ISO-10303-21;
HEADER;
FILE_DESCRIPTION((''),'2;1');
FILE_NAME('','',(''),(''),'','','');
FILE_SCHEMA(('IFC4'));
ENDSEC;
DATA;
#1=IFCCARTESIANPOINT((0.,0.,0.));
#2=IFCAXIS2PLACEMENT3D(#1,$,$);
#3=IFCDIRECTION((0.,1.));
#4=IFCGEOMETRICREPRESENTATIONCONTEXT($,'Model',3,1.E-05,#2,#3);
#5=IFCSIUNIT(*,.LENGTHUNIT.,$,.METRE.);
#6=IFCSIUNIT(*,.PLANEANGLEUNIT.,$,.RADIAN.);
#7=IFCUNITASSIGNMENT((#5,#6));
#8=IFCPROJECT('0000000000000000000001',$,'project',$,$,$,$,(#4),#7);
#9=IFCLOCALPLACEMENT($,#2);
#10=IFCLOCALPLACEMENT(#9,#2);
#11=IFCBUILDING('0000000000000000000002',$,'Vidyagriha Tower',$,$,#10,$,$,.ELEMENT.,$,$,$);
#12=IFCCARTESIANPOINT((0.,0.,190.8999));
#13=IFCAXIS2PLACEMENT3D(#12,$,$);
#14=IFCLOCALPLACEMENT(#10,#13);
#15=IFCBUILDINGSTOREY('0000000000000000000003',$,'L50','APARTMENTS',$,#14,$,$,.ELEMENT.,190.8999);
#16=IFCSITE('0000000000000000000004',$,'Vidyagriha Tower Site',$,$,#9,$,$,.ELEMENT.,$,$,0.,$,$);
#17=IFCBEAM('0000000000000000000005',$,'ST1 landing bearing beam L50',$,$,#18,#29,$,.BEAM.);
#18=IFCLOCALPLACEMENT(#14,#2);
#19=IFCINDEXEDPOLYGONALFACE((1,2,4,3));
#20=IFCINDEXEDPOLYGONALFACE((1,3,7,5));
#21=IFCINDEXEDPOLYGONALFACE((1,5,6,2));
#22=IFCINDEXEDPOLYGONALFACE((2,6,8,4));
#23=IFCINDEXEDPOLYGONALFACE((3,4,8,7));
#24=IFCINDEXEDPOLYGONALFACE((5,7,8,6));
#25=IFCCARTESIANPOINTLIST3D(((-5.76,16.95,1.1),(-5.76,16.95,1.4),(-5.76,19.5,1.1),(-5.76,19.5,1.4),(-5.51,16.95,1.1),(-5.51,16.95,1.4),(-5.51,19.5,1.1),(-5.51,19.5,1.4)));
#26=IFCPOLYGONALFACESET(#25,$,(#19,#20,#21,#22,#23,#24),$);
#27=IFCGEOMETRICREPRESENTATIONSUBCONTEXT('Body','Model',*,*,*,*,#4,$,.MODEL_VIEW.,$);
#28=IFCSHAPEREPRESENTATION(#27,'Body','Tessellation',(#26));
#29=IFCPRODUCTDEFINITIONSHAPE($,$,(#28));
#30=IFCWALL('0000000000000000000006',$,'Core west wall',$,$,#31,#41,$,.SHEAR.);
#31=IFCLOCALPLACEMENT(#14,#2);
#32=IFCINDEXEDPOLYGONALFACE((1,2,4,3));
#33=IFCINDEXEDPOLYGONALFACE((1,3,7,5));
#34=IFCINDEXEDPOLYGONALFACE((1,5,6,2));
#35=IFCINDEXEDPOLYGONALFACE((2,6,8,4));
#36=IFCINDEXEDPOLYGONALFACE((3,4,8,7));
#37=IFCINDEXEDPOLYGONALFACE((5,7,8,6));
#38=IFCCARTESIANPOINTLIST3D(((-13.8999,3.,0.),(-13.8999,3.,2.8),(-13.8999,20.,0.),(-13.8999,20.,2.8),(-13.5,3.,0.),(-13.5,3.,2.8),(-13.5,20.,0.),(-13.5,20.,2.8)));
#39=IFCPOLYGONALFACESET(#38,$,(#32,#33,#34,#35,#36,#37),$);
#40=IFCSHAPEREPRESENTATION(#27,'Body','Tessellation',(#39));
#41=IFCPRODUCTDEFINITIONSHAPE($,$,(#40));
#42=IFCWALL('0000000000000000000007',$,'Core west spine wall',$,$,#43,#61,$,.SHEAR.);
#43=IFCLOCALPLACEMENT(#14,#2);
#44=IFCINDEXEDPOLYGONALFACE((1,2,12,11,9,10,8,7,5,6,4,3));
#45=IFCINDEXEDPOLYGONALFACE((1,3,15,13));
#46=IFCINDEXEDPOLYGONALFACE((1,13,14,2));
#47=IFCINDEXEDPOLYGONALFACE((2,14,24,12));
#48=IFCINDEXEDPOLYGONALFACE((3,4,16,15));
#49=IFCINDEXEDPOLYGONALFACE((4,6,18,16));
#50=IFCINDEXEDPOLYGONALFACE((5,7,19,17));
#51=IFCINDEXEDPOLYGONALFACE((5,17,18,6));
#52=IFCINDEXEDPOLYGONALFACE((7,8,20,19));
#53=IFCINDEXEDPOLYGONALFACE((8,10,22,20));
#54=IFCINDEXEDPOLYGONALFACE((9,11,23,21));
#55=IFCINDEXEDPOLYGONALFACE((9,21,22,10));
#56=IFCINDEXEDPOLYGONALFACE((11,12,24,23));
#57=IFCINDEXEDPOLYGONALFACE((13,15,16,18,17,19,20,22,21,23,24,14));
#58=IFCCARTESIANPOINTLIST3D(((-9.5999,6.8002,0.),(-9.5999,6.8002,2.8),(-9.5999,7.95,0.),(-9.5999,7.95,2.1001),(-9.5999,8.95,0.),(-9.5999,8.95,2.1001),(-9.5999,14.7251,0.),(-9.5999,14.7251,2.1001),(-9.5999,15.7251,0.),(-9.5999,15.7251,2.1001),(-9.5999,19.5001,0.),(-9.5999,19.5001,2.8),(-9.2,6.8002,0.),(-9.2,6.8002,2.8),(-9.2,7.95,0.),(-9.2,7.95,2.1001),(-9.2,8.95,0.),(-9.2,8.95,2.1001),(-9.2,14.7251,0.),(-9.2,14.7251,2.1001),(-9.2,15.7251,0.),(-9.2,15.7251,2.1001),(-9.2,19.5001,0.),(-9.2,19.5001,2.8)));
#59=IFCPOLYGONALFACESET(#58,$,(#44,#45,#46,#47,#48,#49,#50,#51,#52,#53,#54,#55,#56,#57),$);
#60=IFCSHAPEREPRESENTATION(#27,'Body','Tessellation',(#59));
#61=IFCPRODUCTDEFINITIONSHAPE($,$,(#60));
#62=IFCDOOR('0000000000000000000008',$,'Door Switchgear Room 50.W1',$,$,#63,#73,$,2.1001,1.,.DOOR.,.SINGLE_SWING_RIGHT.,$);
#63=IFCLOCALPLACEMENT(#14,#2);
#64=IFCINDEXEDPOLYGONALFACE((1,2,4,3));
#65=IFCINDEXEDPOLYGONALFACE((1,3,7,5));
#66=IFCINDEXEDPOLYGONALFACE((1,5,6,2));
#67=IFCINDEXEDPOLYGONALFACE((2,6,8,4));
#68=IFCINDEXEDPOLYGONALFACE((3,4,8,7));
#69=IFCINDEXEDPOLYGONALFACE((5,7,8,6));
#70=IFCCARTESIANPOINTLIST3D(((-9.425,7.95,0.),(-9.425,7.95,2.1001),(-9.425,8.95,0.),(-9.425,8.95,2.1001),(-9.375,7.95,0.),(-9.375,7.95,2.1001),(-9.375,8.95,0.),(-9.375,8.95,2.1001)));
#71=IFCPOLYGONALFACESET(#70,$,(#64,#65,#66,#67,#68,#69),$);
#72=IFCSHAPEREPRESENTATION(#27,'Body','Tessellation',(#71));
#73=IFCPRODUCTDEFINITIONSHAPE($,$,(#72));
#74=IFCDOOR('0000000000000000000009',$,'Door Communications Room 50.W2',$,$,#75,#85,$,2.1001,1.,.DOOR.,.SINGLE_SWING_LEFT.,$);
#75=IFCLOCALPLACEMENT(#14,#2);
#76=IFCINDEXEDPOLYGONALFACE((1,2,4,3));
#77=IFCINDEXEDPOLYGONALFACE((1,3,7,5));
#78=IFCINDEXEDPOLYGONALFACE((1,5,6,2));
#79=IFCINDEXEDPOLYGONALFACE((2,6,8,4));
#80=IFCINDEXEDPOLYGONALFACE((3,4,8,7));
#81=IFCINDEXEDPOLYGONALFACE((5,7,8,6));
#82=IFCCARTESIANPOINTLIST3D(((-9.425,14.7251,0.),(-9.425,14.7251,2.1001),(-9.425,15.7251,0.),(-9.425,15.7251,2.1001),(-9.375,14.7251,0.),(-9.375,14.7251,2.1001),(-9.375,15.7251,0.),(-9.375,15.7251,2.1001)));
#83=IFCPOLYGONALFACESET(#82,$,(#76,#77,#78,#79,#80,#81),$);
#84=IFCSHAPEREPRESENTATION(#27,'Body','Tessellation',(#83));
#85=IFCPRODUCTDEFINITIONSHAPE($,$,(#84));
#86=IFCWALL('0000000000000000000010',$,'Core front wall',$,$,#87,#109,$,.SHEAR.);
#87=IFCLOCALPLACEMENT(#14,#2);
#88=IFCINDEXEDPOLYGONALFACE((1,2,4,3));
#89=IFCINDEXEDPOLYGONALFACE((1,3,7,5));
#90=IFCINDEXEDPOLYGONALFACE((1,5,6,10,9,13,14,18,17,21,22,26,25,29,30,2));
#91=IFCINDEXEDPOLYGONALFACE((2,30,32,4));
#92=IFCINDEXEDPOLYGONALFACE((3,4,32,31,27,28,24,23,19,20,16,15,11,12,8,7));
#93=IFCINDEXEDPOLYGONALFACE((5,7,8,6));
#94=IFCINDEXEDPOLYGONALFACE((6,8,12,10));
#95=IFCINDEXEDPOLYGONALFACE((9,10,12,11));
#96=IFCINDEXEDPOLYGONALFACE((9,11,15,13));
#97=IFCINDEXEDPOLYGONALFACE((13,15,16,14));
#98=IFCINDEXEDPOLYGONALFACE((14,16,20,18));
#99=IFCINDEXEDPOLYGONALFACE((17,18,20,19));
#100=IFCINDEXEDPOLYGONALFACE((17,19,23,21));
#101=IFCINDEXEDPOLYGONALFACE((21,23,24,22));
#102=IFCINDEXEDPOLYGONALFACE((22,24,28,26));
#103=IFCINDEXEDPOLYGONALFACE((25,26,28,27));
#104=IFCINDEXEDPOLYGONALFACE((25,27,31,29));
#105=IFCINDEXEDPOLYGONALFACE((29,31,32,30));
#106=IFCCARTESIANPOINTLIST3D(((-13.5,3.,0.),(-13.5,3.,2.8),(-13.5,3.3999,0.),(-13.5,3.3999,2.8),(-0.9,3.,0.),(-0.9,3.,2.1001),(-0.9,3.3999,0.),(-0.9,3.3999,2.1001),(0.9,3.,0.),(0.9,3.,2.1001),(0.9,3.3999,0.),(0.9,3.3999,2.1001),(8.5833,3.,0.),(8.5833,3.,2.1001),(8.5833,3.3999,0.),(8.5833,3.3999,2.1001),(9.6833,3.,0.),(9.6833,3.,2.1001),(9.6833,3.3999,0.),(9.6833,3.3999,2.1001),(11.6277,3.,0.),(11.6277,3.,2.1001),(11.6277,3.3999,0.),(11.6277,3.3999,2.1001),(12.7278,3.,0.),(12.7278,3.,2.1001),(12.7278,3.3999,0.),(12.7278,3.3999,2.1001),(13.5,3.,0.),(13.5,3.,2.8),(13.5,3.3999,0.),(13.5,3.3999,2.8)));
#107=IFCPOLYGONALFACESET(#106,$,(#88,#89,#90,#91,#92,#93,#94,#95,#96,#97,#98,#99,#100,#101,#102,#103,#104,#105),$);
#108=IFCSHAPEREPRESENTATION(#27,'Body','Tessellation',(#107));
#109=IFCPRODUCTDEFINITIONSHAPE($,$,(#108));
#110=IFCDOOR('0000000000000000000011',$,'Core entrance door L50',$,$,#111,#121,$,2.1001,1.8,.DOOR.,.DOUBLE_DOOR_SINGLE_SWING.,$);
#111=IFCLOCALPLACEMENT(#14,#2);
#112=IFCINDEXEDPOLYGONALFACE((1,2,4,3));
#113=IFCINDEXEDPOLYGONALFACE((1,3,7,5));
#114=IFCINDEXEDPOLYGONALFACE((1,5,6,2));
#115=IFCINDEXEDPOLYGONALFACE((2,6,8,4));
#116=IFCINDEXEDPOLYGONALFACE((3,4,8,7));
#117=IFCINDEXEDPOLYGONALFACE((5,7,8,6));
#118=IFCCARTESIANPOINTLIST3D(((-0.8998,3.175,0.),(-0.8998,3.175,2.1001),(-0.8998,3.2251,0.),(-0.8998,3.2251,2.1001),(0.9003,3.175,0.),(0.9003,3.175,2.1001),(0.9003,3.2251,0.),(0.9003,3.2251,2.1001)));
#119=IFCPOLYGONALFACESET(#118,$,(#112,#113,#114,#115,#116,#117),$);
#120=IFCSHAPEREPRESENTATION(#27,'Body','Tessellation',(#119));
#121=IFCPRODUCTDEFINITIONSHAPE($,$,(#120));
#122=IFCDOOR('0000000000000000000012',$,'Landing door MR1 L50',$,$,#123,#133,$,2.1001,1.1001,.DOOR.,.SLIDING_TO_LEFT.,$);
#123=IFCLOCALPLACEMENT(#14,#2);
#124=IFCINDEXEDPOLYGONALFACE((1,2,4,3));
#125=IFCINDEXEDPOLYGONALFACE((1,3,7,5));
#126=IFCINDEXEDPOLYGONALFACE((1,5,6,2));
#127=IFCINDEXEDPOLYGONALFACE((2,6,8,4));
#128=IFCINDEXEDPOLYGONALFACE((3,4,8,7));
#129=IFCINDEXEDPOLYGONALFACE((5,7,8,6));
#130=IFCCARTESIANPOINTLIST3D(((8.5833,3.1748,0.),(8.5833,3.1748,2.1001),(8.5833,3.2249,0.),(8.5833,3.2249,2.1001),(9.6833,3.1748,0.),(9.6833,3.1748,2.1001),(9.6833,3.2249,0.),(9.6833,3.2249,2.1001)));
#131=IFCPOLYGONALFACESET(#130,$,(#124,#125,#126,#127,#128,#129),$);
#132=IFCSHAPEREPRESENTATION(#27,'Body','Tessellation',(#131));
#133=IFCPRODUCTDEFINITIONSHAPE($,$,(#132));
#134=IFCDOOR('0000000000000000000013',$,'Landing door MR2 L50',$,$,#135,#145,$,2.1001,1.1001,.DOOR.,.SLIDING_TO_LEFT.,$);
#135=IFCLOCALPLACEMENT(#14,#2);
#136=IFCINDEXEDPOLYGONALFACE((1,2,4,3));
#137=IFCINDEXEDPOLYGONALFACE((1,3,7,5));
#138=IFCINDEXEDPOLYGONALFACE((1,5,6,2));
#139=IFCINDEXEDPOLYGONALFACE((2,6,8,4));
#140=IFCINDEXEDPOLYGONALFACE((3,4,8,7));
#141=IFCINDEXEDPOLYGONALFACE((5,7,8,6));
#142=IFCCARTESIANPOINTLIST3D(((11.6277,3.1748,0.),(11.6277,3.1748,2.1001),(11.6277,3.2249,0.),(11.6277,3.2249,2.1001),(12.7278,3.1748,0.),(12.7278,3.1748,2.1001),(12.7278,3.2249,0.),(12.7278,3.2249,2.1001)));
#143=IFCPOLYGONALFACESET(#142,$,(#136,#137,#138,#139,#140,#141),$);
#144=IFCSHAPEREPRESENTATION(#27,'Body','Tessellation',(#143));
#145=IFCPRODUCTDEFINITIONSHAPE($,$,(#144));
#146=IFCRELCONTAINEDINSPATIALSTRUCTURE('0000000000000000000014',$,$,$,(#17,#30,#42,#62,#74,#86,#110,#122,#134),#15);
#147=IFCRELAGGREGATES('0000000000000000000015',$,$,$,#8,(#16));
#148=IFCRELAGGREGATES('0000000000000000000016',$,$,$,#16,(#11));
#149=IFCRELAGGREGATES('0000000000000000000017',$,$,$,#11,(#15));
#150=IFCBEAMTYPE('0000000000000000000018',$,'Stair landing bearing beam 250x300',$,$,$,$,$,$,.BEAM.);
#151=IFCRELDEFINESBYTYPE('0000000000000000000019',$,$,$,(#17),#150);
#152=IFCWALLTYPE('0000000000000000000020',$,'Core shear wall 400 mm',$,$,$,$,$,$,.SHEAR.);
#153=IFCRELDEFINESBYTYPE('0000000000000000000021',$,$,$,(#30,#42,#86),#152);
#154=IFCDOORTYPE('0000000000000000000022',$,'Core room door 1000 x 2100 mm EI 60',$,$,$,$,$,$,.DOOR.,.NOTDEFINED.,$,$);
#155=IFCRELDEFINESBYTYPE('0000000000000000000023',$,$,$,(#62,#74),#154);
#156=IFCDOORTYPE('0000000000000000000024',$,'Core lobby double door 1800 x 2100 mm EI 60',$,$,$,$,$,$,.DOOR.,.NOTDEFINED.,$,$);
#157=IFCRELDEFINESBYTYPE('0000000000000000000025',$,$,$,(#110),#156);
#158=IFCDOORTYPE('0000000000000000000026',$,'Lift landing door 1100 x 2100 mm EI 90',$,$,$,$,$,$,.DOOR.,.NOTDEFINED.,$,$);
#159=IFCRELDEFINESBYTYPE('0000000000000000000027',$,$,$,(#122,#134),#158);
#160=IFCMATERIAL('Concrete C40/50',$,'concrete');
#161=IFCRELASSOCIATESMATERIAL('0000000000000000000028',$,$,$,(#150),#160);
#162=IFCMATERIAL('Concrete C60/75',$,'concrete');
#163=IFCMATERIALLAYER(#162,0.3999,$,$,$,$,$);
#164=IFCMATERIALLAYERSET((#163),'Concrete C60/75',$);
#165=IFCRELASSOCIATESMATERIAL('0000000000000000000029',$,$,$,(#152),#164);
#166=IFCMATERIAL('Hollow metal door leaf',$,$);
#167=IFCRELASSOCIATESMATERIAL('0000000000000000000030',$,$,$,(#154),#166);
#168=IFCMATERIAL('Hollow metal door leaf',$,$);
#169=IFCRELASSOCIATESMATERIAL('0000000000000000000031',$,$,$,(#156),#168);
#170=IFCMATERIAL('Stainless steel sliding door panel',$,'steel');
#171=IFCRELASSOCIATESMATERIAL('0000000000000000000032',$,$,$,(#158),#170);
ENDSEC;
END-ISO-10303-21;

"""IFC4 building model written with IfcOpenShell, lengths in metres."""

from ifc_helpers import new_model, si_unit, direction, frame, frame_2d, origin, origin_2d, place, context, subcontext, project, spatial, rectangle, extrude, material, layer, layer_set, material_profile, profile_set, type_object, element, fill, save


model = new_model("IFC4")

# Units and contexts
model_context = context("Model", 3, precision=1e-05, world=origin(), true_north=direction((0.0, 1.0)))
body_context = subcontext(model_context, "Body", "Model", "MODEL_VIEW")
ifc_project = project(units=[si_unit("LENGTHUNIT", "METRE"), si_unit("PLANEANGLEUNIT", "RADIAN")], contexts=[model_context])

# Site, building, storey
site_placement = place(None, origin())
site = spatial("IfcSite", under=ifc_project, at=site_placement, Name="Vidyagriha Tower Site", CompositionType="ELEMENT", RefElevation=0.0)
building_placement = place(site_placement, origin())
building = spatial("IfcBuilding", under=site, at=building_placement, Name="Vidyagriha Tower", CompositionType="ELEMENT")
storey_placement = place(building_placement, frame((0.0, 0.0, 190.8999)))
storey = spatial("IfcBuildingStorey", under=building, at=storey_placement, Name="L50", Description="APARTMENTS", CompositionType="ELEMENT", Elevation=190.8999)

# Beam
ifc_material_1 = material(Name="Concrete C40/50", Category="concrete")
ifc_material_profile = material_profile(ifc_material_1, rectangle(XDim=0.25, YDim=0.3, at=origin_2d()), Name="Stair landing bearing beam 250x300")
ifc_profile_set = profile_set([ifc_material_profile], Name="Concrete C40/50")
beam_type = type_object("IfcBeamType", Name="Stair landing bearing beam 250x300", PredefinedType="BEAM", material=ifc_profile_set)
beam_placement = place(storey_placement, frame((-5.635, 16.95, 1.25), z_axis=(0.0, 1.0, 0.0), x_axis=(-1.0, 0.0, 0.0)))
element("IfcBeam", 1, at=beam_placement, inside=storey, type_object=beam_type, Name="ST1 landing bearing beam L50", PredefinedType="BEAM", context=body_context, shape_type="SweptSolid", body=[
    extrude(rectangle(XDim=0.25, YDim=0.3, at=origin_2d()), origin(), (0.0, 0.0, 1.0), 2.55),
])

# Wall
ifc_material_2 = material(Name="Concrete C60/75", Category="concrete")
ifc_layer_1 = layer(ifc_material_2, 0.3999)
ifc_layer_set_1 = layer_set([ifc_layer_1], Name="Concrete C60/75")
wall_type_1 = type_object("IfcWallType", Name="Core shear wall 400 mm", PredefinedType="SHEAR", material=ifc_layer_set_1)
wall_1_placement = place(storey_placement, frame((-13.7, 3.0, 0.0), z_axis=(0.0, 0.0, 1.0), x_axis=(0.0, 1.0, 0.0)))
element("IfcWall", 2, at=wall_1_placement, inside=storey, type_object=wall_type_1, Name="Core west wall", PredefinedType="SHEAR", context=body_context, shape_type="SweptSolid", body=[
    extrude(rectangle(XDim=17.0, YDim=0.3999, at=frame_2d((8.5, 0.0))), origin(), (0.0, 0.0, 1.0), 2.8),
])

# Walls, openings, doors
wall_2_placement = place(storey_placement, frame((-9.3999, 6.8, 0.0), z_axis=(0.0, 0.0, 1.0), x_axis=(0.0, 1.0, 0.0)))
wall_2 = element("IfcWall", 3, at=wall_2_placement, inside=storey, type_object=wall_type_1, Name="Core west spine wall", PredefinedType="SHEAR", context=body_context, shape_type="SweptSolid", body=[
    extrude(rectangle(XDim=12.7, YDim=0.3999, at=frame_2d((6.3501, 0.0))), origin(), (0.0, 0.0, 1.0), 2.8),
])
opening_1_placement = place(wall_2_placement, frame((1.1499, 0.0, 0.0)))
opening_1 = element("IfcOpeningElement", 4, at=opening_1_placement, cuts=wall_2, PredefinedType="OPENING", context=body_context, shape_type="SweptSolid", body=[
    extrude(rectangle(XDim=1.0, YDim=2.1001, at=frame_2d((0.5, 1.05))), frame((0.0, 0.21, 0.0), z_axis=(0.0, -1.0, 0.0), x_axis=(1.0, 0.0, 0.0)), (0.0, 0.0, 1.0), 0.4199),
])
opening_2_placement = place(wall_2_placement, frame((7.925, 0.0, 0.0)))
opening_2 = element("IfcOpeningElement", 5, at=opening_2_placement, cuts=wall_2, PredefinedType="OPENING", context=body_context, shape_type="SweptSolid", body=[
    extrude(rectangle(XDim=1.0, YDim=2.1001, at=frame_2d((0.5, 1.05))), frame((0.0, 0.21, 0.0), z_axis=(0.0, -1.0, 0.0), x_axis=(1.0, 0.0, 0.0)), (0.0, 0.0, 1.0), 0.4199),
])
ifc_material_3 = material(Name="Hollow metal door leaf")
door_type_1 = type_object("IfcDoorType", Name="Core room door 1000 x 2100 mm EI 60", OperationType="NOTDEFINED", PredefinedType="DOOR", material=ifc_material_3)
door_1_placement = place(opening_1_placement, frame((1.0, 0.0, 0.0), z_axis=(0.0, 0.0, 1.0), x_axis=(-1.0, 0.0, 0.0)))
door_1 = element("IfcDoor", 6, at=door_1_placement, inside=storey, type_object=door_type_1, Name="Door Switchgear Room 50.W1", OperationType="SINGLE_SWING_RIGHT", OverallHeight=2.1001, OverallWidth=1.0, PredefinedType="DOOR", context=body_context, shape_type="SweptSolid", body=[
    extrude(rectangle(XDim=1.0, YDim=2.1001, at=frame_2d((0.5, 1.05))), frame((0.0, 0.0249, 0.0), z_axis=(0.0, -1.0, 0.0), x_axis=(1.0, 0.0, 0.0)), (0.0, 0.0, 1.0), 0.05),
])
fill(opening_1, door_1)
door_2_placement = place(opening_2_placement, frame((1.0, 0.0, 0.0), z_axis=(0.0, 0.0, 1.0), x_axis=(-1.0, 0.0, 0.0)))
door_2 = element("IfcDoor", 7, at=door_2_placement, inside=storey, type_object=door_type_1, Name="Door Communications Room 50.W2", OperationType="SINGLE_SWING_LEFT", OverallHeight=2.1001, OverallWidth=1.0, PredefinedType="DOOR", context=body_context, shape_type="SweptSolid", body=[
    extrude(rectangle(XDim=1.0, YDim=2.1001, at=frame_2d((0.5, 1.05))), frame((0.0, 0.0249, 0.0), z_axis=(0.0, -1.0, 0.0), x_axis=(1.0, 0.0, 0.0)), (0.0, 0.0, 1.0), 0.05),
])
fill(opening_2, door_2)
wall_3_placement = place(storey_placement, frame((-13.5, 3.2, 0.0)))
wall_3 = element("IfcWall", 8, at=wall_3_placement, inside=storey, type_object=wall_type_1, Name="Core front wall", PredefinedType="SHEAR", context=body_context, shape_type="SweptSolid", body=[
    extrude(rectangle(XDim=27.0, YDim=0.3999, at=frame_2d((13.5, 0.0))), origin(), (0.0, 0.0, 1.0), 2.8),
])
opening_3_placement = place(wall_3_placement, frame((22.0833, 0.0, 0.0)))
opening_3 = element("IfcOpeningElement", 9, at=opening_3_placement, cuts=wall_3, PredefinedType="OPENING", context=body_context, shape_type="SweptSolid", body=[
    extrude(rectangle(XDim=1.1001, YDim=2.1001, at=frame_2d((0.55, 1.05))), frame((0.0, 0.21, 0.0), z_axis=(0.0, -1.0, 0.0), x_axis=(1.0, 0.0, 0.0)), (0.0, 0.0, 1.0), 0.4199),
])
opening_4_placement = place(wall_3_placement, frame((25.1277, 0.0, 0.0)))
opening_4 = element("IfcOpeningElement", 10, at=opening_4_placement, cuts=wall_3, PredefinedType="OPENING", context=body_context, shape_type="SweptSolid", body=[
    extrude(rectangle(XDim=1.1001, YDim=2.1001, at=frame_2d((0.55, 1.05))), frame((0.0, 0.21, 0.0), z_axis=(0.0, -1.0, 0.0), x_axis=(1.0, 0.0, 0.0)), (0.0, 0.0, 1.0), 0.4199),
])
opening_5_placement = place(wall_3_placement, frame((12.6001, 0.0, 0.0)))
opening_5 = element("IfcOpeningElement", 11, at=opening_5_placement, cuts=wall_3, PredefinedType="OPENING", context=body_context, shape_type="SweptSolid", body=[
    extrude(rectangle(XDim=1.8, YDim=2.1001, at=frame_2d((0.8999, 1.05))), frame((0.0, 0.21, 0.0), z_axis=(0.0, -1.0, 0.0), x_axis=(1.0, 0.0, 0.0)), (0.0, 0.0, 1.0), 0.4199),
])
ifc_material_4 = material(Name="Hollow metal door leaf")
door_type_2 = type_object("IfcDoorType", Name="Core lobby double door 1800 x 2100 mm EI 60", OperationType="NOTDEFINED", PredefinedType="DOOR", material=ifc_material_4)
door_3_placement = place(opening_5_placement, frame((1.8, 0.0, 0.0), z_axis=(0.0, 0.0, 1.0), x_axis=(-1.0, 0.0, 0.0)))
door_3 = element("IfcDoor", 12, at=door_3_placement, inside=storey, type_object=door_type_2, Name="Core entrance door L50", OperationType="DOUBLE_DOOR_SINGLE_SWING", OverallHeight=2.1001, OverallWidth=1.8, PredefinedType="DOOR", context=body_context, shape_type="SweptSolid", body=[
    extrude(rectangle(XDim=1.8, YDim=2.1001, at=frame_2d((0.8999, 1.05))), frame((0.0, 0.0249, 0.0), z_axis=(0.0, -1.0, 0.0), x_axis=(1.0, 0.0, 0.0)), (0.0, 0.0, 1.0), 0.05),
])
fill(opening_5, door_3)
ifc_material_5 = material(Name="Stainless steel sliding door panel", Category="steel")
door_type_3 = type_object("IfcDoorType", Name="Lift landing door 1100 x 2100 mm EI 90", OperationType="NOTDEFINED", PredefinedType="DOOR", material=ifc_material_5)
door_4_placement = place(opening_3_placement, origin())
door_4 = element("IfcDoor", 13, at=door_4_placement, inside=storey, type_object=door_type_3, Name="Landing door MR1 L50", OperationType="SLIDING_TO_LEFT", OverallHeight=2.1001, OverallWidth=1.1001, PredefinedType="DOOR", context=body_context, shape_type="SweptSolid", body=[
    extrude(rectangle(XDim=1.1001, YDim=2.1001, at=frame_2d((0.55, 1.05))), frame((0.0, 0.0249, 0.0), z_axis=(0.0, -1.0, 0.0), x_axis=(1.0, 0.0, 0.0)), (0.0, 0.0, 1.0), 0.05),
])
fill(opening_3, door_4)
door_5_placement = place(opening_4_placement, origin())
door_5 = element("IfcDoor", 14, at=door_5_placement, inside=storey, type_object=door_type_3, Name="Landing door MR2 L50", OperationType="SLIDING_TO_LEFT", OverallHeight=2.1001, OverallWidth=1.1001, PredefinedType="DOOR", context=body_context, shape_type="SweptSolid", body=[
    extrude(rectangle(XDim=1.1001, YDim=2.1001, at=frame_2d((0.55, 1.05))), frame((0.0, 0.0249, 0.0), z_axis=(0.0, -1.0, 0.0), x_axis=(1.0, 0.0, 0.0)), (0.0, 0.0, 1.0), 0.05),
])
fill(opening_4, door_5)

save(model, "model.ifc")
